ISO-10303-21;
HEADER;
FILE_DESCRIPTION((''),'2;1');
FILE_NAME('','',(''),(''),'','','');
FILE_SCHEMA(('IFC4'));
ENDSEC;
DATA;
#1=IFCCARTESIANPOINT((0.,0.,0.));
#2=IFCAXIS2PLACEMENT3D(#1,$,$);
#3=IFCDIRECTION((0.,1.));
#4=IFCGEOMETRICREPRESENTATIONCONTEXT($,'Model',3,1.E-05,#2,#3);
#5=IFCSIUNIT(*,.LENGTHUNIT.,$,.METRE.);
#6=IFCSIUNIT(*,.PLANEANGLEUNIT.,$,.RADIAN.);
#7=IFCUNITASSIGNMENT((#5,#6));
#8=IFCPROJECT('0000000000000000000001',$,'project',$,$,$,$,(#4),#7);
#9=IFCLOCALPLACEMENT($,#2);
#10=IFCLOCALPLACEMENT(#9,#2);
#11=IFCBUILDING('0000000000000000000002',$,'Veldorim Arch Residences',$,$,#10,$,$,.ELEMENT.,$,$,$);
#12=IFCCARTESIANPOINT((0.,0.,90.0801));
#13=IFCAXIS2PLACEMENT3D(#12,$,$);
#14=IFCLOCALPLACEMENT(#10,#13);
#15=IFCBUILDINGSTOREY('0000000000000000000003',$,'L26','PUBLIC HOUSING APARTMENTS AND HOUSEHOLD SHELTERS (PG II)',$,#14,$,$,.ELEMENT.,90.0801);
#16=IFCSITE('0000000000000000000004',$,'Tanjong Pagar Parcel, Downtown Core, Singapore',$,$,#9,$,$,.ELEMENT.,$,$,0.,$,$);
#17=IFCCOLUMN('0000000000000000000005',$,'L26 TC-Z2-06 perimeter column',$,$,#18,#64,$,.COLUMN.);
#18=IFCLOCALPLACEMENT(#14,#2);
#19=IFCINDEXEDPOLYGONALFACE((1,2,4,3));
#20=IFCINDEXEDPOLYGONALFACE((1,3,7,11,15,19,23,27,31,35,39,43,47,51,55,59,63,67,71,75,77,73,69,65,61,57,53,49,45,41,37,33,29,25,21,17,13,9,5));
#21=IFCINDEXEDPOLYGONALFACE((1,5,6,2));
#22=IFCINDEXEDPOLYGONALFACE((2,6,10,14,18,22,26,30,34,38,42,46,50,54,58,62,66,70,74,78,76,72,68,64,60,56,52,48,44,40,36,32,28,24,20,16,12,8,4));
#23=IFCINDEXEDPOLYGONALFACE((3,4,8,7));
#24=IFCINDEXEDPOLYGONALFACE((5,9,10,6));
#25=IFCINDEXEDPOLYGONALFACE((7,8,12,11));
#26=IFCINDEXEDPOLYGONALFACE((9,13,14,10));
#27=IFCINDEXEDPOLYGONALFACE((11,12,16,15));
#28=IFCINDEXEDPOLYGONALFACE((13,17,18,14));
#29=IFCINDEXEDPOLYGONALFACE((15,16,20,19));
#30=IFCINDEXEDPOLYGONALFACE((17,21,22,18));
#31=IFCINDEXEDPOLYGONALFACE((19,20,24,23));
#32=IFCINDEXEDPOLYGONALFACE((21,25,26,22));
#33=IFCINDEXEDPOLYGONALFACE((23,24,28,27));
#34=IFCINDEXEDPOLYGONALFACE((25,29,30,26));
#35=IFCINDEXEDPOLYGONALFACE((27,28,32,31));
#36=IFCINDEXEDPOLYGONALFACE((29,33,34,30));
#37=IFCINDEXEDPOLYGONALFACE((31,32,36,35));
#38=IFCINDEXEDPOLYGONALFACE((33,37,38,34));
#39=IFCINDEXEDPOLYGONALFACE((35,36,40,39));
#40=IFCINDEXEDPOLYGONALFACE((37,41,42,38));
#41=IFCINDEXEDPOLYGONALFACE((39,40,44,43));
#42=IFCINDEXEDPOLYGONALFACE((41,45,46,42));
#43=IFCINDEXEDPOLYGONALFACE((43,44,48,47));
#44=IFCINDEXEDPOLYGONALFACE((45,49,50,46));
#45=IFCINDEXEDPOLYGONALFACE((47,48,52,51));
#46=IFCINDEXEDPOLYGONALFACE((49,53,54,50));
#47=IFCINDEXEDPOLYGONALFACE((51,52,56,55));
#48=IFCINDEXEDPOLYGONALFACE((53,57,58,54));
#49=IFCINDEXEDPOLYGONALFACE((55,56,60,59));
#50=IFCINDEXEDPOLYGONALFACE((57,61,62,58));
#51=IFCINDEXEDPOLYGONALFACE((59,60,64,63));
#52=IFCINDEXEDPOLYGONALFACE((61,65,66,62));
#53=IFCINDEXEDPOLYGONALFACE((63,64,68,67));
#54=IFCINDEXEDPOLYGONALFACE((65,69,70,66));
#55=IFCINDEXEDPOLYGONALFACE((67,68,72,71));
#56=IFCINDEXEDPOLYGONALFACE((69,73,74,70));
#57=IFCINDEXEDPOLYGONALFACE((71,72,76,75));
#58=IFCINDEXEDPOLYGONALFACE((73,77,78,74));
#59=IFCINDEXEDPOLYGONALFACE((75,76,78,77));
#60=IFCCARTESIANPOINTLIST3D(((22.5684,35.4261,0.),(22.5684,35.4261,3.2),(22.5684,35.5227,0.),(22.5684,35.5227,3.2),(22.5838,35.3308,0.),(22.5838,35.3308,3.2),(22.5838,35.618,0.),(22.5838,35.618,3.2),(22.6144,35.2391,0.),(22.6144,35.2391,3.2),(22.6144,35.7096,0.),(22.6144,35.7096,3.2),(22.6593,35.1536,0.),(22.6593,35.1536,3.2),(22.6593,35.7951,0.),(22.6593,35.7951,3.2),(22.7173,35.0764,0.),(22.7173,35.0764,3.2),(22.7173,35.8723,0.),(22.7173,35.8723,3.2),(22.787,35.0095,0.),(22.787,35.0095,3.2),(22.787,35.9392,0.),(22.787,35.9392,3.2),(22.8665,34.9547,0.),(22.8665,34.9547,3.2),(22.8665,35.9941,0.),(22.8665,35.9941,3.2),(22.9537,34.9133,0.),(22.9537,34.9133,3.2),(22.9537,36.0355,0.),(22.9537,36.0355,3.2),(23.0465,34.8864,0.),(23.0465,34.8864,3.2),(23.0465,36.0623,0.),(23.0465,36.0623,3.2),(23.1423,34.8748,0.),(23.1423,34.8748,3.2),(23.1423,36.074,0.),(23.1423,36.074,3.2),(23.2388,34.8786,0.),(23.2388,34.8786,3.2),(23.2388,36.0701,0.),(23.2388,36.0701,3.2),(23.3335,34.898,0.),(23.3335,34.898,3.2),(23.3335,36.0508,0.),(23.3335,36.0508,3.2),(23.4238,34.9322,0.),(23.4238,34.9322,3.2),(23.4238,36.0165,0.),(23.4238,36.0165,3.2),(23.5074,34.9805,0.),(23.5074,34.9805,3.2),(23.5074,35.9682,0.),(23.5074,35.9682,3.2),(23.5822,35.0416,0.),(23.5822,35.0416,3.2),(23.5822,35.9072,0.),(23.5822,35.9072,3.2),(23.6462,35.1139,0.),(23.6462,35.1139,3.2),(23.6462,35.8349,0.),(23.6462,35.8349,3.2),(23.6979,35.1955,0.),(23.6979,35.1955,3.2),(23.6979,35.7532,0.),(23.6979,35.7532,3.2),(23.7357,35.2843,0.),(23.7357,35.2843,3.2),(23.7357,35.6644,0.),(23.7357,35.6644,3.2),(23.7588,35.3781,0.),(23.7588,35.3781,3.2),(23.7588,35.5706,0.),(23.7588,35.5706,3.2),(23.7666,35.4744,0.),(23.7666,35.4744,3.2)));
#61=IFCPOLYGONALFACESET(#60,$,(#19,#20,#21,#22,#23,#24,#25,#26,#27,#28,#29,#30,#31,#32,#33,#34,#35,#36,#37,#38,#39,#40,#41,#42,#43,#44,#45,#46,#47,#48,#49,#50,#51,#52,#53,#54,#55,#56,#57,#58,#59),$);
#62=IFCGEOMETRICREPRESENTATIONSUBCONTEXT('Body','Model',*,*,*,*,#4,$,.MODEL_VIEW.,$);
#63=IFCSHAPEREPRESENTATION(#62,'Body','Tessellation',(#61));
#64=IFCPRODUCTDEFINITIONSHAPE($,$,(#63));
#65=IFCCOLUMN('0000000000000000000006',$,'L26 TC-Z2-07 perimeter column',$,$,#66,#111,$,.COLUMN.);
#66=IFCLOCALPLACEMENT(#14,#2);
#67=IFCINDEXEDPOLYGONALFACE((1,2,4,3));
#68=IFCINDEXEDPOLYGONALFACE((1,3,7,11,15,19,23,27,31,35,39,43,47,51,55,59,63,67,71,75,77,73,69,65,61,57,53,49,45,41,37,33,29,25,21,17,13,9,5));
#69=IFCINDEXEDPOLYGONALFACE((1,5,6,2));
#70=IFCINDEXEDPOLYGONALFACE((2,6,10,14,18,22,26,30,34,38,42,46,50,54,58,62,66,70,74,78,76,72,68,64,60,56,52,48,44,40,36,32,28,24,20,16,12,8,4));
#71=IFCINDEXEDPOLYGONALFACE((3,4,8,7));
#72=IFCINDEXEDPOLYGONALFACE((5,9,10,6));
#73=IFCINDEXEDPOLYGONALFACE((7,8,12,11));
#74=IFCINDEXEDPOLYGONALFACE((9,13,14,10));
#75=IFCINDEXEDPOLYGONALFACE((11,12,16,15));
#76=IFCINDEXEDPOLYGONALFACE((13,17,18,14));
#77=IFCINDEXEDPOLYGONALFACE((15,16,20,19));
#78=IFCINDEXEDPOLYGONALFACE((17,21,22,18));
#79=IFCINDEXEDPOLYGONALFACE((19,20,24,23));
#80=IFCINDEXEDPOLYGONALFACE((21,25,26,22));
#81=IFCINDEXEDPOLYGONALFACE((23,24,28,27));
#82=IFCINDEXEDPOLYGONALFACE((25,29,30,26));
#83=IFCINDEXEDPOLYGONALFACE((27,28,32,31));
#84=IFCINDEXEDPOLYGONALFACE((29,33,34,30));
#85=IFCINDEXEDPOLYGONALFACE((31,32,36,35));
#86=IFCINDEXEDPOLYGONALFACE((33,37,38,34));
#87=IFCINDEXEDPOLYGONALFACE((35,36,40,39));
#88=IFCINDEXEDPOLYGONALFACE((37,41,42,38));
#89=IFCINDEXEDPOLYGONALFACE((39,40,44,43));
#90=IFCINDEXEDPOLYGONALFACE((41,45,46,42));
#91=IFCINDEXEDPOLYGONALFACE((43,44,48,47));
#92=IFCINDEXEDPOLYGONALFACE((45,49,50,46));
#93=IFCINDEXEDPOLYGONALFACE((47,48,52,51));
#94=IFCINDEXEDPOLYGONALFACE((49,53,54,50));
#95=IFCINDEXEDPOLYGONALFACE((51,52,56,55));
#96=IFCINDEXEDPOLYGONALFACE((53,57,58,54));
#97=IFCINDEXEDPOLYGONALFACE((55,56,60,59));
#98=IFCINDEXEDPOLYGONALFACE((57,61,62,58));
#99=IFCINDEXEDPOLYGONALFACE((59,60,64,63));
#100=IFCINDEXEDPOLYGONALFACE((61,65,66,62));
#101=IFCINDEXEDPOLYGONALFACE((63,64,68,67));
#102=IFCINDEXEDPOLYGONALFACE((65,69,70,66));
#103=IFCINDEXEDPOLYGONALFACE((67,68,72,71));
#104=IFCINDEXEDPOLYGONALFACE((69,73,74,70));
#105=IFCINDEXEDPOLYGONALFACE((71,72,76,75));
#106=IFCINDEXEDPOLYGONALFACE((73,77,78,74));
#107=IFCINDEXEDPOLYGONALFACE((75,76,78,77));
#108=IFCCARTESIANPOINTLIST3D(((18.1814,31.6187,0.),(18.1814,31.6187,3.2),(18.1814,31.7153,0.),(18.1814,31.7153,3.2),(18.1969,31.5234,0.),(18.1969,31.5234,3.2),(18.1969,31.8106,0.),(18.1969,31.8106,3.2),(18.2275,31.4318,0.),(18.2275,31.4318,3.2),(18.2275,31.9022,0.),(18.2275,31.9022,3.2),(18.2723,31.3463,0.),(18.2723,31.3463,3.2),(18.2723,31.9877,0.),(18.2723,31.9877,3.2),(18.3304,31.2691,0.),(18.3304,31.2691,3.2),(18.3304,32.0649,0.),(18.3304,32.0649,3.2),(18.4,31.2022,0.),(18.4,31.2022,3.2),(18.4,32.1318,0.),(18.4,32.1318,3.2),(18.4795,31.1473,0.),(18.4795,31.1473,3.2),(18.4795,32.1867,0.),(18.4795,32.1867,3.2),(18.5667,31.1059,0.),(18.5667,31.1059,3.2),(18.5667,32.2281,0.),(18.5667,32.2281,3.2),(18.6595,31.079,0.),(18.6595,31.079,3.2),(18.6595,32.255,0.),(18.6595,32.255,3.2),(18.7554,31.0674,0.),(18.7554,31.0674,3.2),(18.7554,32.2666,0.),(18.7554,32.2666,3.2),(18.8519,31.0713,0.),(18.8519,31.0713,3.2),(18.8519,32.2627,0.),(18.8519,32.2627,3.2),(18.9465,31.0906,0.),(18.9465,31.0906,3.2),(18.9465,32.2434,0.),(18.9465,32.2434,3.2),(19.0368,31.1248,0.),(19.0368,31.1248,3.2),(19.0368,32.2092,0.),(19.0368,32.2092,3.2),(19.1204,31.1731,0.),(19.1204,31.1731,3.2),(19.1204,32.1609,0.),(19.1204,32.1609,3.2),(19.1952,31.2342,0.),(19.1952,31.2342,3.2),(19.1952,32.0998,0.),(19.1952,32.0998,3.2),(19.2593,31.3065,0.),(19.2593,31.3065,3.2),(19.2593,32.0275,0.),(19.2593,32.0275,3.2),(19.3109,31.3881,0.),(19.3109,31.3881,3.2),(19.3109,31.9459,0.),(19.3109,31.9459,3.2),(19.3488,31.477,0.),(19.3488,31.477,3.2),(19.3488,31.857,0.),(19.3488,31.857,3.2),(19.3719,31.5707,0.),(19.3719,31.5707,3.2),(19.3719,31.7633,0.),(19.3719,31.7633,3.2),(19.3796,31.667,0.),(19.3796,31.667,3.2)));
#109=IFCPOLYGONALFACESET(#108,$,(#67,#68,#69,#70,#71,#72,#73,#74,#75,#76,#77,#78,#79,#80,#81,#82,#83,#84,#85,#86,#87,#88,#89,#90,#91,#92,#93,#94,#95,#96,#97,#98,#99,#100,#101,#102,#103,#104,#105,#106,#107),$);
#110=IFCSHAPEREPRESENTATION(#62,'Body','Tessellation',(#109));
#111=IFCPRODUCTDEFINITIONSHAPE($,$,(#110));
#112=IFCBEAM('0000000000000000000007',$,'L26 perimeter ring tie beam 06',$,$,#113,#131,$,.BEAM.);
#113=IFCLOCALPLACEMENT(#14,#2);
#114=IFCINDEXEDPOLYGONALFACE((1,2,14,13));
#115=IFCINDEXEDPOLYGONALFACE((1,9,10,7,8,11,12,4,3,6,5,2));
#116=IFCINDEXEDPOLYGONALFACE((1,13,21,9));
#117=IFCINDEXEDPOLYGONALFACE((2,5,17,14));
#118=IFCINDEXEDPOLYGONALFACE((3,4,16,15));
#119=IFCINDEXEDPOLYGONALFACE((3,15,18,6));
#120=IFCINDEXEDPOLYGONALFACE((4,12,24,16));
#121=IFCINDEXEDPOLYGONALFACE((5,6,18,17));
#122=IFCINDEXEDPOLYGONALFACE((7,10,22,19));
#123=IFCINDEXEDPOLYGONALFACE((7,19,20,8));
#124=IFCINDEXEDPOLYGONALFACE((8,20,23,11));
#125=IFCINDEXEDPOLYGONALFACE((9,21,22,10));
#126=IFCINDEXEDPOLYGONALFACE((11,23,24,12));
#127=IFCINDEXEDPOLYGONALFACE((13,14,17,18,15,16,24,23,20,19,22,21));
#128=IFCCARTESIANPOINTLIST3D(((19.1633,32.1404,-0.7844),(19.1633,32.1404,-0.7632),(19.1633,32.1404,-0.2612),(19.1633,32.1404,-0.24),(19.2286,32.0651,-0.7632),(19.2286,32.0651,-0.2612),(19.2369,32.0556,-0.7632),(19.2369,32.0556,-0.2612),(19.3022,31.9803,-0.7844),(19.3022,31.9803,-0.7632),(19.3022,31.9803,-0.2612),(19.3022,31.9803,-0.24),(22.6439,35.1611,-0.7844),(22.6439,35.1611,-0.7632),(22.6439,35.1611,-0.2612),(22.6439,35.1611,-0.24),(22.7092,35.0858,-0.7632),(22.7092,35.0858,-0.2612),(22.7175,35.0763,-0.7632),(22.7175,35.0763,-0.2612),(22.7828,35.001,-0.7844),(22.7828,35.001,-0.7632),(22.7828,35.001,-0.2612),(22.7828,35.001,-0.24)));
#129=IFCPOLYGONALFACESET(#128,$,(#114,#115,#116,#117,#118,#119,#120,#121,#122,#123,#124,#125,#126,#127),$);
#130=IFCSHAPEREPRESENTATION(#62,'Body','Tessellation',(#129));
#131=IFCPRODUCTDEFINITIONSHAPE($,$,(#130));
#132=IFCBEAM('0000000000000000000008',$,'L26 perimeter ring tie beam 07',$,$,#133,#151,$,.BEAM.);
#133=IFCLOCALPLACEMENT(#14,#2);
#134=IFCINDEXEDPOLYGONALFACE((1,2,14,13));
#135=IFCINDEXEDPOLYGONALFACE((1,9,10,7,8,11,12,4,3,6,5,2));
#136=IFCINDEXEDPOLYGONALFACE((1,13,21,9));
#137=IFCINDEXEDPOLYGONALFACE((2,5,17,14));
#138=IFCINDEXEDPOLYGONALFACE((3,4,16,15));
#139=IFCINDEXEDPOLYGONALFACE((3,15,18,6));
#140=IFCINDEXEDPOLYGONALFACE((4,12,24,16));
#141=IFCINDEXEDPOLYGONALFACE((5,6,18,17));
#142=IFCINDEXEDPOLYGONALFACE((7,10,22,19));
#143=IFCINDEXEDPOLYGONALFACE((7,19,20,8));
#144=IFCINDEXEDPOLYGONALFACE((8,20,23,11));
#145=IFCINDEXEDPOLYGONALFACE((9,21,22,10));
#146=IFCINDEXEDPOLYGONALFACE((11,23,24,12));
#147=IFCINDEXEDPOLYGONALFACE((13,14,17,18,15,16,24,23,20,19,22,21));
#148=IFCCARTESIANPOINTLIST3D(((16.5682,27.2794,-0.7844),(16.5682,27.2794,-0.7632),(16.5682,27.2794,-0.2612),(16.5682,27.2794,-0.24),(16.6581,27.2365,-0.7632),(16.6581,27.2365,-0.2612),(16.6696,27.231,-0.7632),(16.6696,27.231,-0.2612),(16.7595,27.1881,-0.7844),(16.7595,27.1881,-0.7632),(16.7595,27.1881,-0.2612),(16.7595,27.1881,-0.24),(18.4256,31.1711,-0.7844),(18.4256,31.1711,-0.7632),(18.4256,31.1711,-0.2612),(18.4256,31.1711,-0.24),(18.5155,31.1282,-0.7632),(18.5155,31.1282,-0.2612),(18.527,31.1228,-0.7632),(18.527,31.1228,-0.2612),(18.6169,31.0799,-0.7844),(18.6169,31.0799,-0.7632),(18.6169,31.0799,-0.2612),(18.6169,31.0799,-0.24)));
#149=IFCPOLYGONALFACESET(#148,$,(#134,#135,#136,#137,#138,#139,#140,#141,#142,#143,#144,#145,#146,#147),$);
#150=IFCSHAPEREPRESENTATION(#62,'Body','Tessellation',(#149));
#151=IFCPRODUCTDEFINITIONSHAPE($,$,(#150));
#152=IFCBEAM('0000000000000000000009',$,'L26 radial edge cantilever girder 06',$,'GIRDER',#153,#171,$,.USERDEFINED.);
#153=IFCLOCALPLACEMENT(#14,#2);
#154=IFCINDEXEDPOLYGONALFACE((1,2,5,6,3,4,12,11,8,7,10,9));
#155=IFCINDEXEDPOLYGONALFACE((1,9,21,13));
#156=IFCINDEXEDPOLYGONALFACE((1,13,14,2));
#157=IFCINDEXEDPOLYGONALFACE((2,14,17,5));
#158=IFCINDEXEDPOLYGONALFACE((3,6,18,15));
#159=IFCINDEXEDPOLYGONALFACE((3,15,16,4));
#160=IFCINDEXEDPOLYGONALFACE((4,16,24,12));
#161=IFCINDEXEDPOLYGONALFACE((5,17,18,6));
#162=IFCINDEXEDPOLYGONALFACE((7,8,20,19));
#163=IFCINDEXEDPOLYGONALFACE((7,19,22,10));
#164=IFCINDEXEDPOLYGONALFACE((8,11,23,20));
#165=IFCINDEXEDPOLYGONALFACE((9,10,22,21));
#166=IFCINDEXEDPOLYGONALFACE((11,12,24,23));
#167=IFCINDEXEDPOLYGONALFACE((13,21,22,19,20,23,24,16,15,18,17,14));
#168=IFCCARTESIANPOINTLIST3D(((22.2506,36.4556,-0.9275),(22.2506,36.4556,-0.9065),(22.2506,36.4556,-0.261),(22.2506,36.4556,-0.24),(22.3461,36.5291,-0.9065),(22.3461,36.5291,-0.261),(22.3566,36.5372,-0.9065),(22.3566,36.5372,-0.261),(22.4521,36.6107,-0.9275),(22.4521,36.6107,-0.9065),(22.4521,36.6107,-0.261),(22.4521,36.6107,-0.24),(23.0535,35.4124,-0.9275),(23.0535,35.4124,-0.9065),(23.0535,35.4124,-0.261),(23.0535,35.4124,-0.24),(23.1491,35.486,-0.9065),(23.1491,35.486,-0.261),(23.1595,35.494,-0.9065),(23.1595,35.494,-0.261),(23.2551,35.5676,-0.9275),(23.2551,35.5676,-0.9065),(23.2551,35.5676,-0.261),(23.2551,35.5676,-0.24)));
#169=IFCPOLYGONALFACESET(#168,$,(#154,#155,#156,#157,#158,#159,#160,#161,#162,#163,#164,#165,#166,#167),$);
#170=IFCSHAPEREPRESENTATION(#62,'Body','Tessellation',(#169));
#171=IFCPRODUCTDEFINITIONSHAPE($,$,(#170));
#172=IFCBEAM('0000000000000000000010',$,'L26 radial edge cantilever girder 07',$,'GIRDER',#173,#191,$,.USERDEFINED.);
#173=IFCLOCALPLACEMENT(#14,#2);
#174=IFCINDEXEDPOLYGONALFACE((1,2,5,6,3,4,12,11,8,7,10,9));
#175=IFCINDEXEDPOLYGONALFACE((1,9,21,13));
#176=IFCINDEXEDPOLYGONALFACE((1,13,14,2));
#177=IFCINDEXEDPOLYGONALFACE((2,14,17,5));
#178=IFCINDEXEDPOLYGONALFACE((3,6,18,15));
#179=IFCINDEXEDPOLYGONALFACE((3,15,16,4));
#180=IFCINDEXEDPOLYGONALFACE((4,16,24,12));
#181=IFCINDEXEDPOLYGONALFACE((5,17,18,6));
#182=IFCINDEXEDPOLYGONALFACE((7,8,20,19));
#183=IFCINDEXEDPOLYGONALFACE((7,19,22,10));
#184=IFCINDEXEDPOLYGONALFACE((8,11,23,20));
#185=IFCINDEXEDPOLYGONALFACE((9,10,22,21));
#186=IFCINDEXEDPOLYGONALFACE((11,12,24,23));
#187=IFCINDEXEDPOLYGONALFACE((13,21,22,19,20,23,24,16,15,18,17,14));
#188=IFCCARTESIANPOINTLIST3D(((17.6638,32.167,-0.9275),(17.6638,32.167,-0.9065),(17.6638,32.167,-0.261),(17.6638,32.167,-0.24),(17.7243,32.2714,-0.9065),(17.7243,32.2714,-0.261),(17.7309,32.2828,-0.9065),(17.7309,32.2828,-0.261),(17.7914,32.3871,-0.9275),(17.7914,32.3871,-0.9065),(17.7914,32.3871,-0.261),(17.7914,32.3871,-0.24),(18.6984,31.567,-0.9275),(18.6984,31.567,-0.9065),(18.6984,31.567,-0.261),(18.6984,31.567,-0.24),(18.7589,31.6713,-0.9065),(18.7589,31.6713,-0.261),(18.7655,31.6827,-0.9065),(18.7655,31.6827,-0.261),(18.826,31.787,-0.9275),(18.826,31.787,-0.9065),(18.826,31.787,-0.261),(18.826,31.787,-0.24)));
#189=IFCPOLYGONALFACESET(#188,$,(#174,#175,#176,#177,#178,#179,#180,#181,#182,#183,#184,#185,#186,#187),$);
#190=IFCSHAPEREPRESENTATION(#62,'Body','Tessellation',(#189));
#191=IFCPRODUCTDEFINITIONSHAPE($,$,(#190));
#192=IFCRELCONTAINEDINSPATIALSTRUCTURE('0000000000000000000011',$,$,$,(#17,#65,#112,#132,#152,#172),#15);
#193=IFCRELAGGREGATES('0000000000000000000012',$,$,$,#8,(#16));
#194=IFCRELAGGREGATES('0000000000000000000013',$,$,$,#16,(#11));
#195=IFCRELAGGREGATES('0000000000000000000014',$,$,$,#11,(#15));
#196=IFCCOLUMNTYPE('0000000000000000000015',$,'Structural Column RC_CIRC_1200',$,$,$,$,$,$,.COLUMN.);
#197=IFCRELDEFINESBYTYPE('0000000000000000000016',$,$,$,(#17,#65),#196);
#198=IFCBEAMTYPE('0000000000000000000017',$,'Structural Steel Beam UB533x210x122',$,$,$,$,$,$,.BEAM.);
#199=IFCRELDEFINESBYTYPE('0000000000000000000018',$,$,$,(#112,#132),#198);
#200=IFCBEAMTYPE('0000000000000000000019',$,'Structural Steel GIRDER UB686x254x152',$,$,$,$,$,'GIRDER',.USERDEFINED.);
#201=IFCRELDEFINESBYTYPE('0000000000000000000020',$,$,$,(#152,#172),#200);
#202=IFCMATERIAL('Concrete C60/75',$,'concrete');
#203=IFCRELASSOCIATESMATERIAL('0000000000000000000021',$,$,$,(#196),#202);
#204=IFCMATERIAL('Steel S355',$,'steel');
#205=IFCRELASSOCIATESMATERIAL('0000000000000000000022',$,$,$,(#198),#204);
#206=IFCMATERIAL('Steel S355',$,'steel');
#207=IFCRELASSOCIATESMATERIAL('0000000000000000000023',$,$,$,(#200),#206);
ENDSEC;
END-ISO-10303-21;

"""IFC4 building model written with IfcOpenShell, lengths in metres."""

from ifc_helpers import new_model, si_unit, direction, frame, origin, origin_2d, place, context, subcontext, project, spatial, circle, i_section, extrude, material, material_profile, profile_set, type_object, element, save


model = new_model("IFC4")

# Units and contexts
model_context = context("Model", 3, precision=1e-05, world=origin(), true_north=direction((0.0, 1.0)))
body_context = subcontext(model_context, "Body", "Model", "MODEL_VIEW")
ifc_project = project(units=[si_unit("LENGTHUNIT", "METRE"), si_unit("PLANEANGLEUNIT", "RADIAN")], contexts=[model_context])

# Site, building, storey
site_placement = place(None, origin())
site = spatial("IfcSite", under=ifc_project, at=site_placement, Name="Tanjong Pagar Parcel, Downtown Core, Singapore", CompositionType="ELEMENT", RefElevation=0.0)
building_placement = place(site_placement, origin())
building = spatial("IfcBuilding", under=site, at=building_placement, Name="Veldorim Arch Residences", CompositionType="ELEMENT")
storey_placement = place(building_placement, frame((0.0, 0.0, 90.0801)))
storey = spatial("IfcBuildingStorey", under=building, at=storey_placement, Name="L26", Description="PUBLIC HOUSING APARTMENTS AND HOUSEHOLD SHELTERS (PG II)", CompositionType="ELEMENT", Elevation=90.0801)

# Columns
ifc_material_1 = material(Name="Concrete C60/75", Category="concrete")
ifc_material_profile_1 = material_profile(ifc_material_1, circle(Radius=0.6001, at=origin_2d()), Name="RC_CIRC_1200")
ifc_profile_set_1 = profile_set([ifc_material_profile_1], Name="Concrete C60/75")
column_type = type_object("IfcColumnType", Name="Structural Column RC_CIRC_1200", PredefinedType="COLUMN", material=ifc_profile_set_1)
for number, where, z_axis, x_axis, name in (
    (1, (23.1665, 35.4744, 0.0), (0.0, 0.0, 1.0), (1.0, 0.0, 0.0), "L26 TC-Z2-06 perimeter column"),
    (2, (18.7795, 31.667, 0.0), (0.0, 0.0, 1.0), (1.0, 0.0, 0.0), "L26 TC-Z2-07 perimeter column"),
):
    element("IfcColumn", number, at=place(storey_placement, frame(where, z_axis=z_axis, x_axis=x_axis)), inside=storey, type_object=column_type, Name=name, PredefinedType="COLUMN", context=body_context, shape_type="SweptSolid", body=[
        extrude(circle(Radius=0.6001, at=origin_2d()), origin(), (0.0, 0.0, 1.0), 3.2),
    ])

# Beams
ifc_material_2 = material(Name="Steel S355", Category="steel")
ifc_material_profile_2 = material_profile(ifc_material_2, i_section(OverallWidth=0.2119, OverallDepth=0.5444, WebThickness=0.0127, FlangeThickness=0.0212, at=origin_2d()), Name="UB533x210x122")
ifc_profile_set_2 = profile_set([ifc_material_profile_2], Name="Steel S355")
beam_type_1 = type_object("IfcBeamType", Name="Structural Steel Beam UB533x210x122", PredefinedType="BEAM", material=ifc_profile_set_2)
beam_1_placement = place(storey_placement, frame((22.7134, 35.0811, -0.5122), z_axis=(-0.755245, -0.655443, 0.0), x_axis=(0.655443, -0.755245, 0.0)))
element("IfcBeam", 3, at=beam_1_placement, inside=storey, type_object=beam_type_1, Name="L26 perimeter ring tie beam 06", PredefinedType="BEAM", context=body_context, shape_type="SweptSolid", body=[
    extrude(i_section(OverallWidth=0.2119, OverallDepth=0.5444, WebThickness=0.0127, FlangeThickness=0.0212, at=origin_2d()), origin(), (0.0, 0.0, 1.0), 4.6086),
])
beam_2_placement = place(storey_placement, frame((18.5212, 31.1255, -0.5122), z_axis=(-0.43072, -0.902486, 0.0), x_axis=(0.902486, -0.43072, 0.0)))
element("IfcBeam", 4, at=beam_2_placement, inside=storey, type_object=beam_type_1, Name="L26 perimeter ring tie beam 07", PredefinedType="BEAM", context=body_context, shape_type="SweptSolid", body=[
    extrude(i_section(OverallWidth=0.2119, OverallDepth=0.5444, WebThickness=0.0127, FlangeThickness=0.0212, at=origin_2d()), origin(), (0.0, 0.0, 1.0), 4.3123),
])
ifc_material_3 = material(Name="Steel S355", Category="steel")
ifc_material_profile_3 = material_profile(ifc_material_3, i_section(OverallWidth=0.2544, OverallDepth=0.6875, WebThickness=0.0132, FlangeThickness=0.021, at=origin_2d()), Name="UB686x254x152")
ifc_profile_set_3 = profile_set([ifc_material_profile_3], Name="Steel S355")
beam_type_2 = type_object("IfcBeamType", Name="Structural Steel GIRDER UB686x254x152", ElementType="GIRDER", PredefinedType="USERDEFINED", material=ifc_profile_set_3)
beam_3_placement = place(storey_placement, frame((23.1543, 35.49, -0.5837), z_axis=(-0.609953, 0.792438, 0.0), x_axis=(-0.792438, -0.609953, 0.0)))
element("IfcBeam", 5, at=beam_3_placement, inside=storey, type_object=beam_type_2, Name="L26 radial edge cantilever girder 06", ObjectType="GIRDER", PredefinedType="USERDEFINED", context=body_context, shape_type="SweptSolid", body=[
    extrude(i_section(OverallWidth=0.2544, OverallDepth=0.6875, WebThickness=0.0132, FlangeThickness=0.021, at=origin_2d()), origin(), (0.0, 0.0, 1.0), 1.3164),
])
beam_4_placement = place(storey_placement, frame((18.7622, 31.677, -0.5837), z_axis=(-0.865035, 0.501712, 0.0), x_axis=(-0.501712, -0.865035, 0.0)))
element("IfcBeam", 6, at=beam_4_placement, inside=storey, type_object=beam_type_2, Name="L26 radial edge cantilever girder 07", ObjectType="GIRDER", PredefinedType="USERDEFINED", context=body_context, shape_type="SweptSolid", body=[
    extrude(i_section(OverallWidth=0.2544, OverallDepth=0.6875, WebThickness=0.0132, FlangeThickness=0.021, at=origin_2d()), origin(), (0.0, 0.0, 1.0), 1.196),
])

save(model, "model.ifc")
